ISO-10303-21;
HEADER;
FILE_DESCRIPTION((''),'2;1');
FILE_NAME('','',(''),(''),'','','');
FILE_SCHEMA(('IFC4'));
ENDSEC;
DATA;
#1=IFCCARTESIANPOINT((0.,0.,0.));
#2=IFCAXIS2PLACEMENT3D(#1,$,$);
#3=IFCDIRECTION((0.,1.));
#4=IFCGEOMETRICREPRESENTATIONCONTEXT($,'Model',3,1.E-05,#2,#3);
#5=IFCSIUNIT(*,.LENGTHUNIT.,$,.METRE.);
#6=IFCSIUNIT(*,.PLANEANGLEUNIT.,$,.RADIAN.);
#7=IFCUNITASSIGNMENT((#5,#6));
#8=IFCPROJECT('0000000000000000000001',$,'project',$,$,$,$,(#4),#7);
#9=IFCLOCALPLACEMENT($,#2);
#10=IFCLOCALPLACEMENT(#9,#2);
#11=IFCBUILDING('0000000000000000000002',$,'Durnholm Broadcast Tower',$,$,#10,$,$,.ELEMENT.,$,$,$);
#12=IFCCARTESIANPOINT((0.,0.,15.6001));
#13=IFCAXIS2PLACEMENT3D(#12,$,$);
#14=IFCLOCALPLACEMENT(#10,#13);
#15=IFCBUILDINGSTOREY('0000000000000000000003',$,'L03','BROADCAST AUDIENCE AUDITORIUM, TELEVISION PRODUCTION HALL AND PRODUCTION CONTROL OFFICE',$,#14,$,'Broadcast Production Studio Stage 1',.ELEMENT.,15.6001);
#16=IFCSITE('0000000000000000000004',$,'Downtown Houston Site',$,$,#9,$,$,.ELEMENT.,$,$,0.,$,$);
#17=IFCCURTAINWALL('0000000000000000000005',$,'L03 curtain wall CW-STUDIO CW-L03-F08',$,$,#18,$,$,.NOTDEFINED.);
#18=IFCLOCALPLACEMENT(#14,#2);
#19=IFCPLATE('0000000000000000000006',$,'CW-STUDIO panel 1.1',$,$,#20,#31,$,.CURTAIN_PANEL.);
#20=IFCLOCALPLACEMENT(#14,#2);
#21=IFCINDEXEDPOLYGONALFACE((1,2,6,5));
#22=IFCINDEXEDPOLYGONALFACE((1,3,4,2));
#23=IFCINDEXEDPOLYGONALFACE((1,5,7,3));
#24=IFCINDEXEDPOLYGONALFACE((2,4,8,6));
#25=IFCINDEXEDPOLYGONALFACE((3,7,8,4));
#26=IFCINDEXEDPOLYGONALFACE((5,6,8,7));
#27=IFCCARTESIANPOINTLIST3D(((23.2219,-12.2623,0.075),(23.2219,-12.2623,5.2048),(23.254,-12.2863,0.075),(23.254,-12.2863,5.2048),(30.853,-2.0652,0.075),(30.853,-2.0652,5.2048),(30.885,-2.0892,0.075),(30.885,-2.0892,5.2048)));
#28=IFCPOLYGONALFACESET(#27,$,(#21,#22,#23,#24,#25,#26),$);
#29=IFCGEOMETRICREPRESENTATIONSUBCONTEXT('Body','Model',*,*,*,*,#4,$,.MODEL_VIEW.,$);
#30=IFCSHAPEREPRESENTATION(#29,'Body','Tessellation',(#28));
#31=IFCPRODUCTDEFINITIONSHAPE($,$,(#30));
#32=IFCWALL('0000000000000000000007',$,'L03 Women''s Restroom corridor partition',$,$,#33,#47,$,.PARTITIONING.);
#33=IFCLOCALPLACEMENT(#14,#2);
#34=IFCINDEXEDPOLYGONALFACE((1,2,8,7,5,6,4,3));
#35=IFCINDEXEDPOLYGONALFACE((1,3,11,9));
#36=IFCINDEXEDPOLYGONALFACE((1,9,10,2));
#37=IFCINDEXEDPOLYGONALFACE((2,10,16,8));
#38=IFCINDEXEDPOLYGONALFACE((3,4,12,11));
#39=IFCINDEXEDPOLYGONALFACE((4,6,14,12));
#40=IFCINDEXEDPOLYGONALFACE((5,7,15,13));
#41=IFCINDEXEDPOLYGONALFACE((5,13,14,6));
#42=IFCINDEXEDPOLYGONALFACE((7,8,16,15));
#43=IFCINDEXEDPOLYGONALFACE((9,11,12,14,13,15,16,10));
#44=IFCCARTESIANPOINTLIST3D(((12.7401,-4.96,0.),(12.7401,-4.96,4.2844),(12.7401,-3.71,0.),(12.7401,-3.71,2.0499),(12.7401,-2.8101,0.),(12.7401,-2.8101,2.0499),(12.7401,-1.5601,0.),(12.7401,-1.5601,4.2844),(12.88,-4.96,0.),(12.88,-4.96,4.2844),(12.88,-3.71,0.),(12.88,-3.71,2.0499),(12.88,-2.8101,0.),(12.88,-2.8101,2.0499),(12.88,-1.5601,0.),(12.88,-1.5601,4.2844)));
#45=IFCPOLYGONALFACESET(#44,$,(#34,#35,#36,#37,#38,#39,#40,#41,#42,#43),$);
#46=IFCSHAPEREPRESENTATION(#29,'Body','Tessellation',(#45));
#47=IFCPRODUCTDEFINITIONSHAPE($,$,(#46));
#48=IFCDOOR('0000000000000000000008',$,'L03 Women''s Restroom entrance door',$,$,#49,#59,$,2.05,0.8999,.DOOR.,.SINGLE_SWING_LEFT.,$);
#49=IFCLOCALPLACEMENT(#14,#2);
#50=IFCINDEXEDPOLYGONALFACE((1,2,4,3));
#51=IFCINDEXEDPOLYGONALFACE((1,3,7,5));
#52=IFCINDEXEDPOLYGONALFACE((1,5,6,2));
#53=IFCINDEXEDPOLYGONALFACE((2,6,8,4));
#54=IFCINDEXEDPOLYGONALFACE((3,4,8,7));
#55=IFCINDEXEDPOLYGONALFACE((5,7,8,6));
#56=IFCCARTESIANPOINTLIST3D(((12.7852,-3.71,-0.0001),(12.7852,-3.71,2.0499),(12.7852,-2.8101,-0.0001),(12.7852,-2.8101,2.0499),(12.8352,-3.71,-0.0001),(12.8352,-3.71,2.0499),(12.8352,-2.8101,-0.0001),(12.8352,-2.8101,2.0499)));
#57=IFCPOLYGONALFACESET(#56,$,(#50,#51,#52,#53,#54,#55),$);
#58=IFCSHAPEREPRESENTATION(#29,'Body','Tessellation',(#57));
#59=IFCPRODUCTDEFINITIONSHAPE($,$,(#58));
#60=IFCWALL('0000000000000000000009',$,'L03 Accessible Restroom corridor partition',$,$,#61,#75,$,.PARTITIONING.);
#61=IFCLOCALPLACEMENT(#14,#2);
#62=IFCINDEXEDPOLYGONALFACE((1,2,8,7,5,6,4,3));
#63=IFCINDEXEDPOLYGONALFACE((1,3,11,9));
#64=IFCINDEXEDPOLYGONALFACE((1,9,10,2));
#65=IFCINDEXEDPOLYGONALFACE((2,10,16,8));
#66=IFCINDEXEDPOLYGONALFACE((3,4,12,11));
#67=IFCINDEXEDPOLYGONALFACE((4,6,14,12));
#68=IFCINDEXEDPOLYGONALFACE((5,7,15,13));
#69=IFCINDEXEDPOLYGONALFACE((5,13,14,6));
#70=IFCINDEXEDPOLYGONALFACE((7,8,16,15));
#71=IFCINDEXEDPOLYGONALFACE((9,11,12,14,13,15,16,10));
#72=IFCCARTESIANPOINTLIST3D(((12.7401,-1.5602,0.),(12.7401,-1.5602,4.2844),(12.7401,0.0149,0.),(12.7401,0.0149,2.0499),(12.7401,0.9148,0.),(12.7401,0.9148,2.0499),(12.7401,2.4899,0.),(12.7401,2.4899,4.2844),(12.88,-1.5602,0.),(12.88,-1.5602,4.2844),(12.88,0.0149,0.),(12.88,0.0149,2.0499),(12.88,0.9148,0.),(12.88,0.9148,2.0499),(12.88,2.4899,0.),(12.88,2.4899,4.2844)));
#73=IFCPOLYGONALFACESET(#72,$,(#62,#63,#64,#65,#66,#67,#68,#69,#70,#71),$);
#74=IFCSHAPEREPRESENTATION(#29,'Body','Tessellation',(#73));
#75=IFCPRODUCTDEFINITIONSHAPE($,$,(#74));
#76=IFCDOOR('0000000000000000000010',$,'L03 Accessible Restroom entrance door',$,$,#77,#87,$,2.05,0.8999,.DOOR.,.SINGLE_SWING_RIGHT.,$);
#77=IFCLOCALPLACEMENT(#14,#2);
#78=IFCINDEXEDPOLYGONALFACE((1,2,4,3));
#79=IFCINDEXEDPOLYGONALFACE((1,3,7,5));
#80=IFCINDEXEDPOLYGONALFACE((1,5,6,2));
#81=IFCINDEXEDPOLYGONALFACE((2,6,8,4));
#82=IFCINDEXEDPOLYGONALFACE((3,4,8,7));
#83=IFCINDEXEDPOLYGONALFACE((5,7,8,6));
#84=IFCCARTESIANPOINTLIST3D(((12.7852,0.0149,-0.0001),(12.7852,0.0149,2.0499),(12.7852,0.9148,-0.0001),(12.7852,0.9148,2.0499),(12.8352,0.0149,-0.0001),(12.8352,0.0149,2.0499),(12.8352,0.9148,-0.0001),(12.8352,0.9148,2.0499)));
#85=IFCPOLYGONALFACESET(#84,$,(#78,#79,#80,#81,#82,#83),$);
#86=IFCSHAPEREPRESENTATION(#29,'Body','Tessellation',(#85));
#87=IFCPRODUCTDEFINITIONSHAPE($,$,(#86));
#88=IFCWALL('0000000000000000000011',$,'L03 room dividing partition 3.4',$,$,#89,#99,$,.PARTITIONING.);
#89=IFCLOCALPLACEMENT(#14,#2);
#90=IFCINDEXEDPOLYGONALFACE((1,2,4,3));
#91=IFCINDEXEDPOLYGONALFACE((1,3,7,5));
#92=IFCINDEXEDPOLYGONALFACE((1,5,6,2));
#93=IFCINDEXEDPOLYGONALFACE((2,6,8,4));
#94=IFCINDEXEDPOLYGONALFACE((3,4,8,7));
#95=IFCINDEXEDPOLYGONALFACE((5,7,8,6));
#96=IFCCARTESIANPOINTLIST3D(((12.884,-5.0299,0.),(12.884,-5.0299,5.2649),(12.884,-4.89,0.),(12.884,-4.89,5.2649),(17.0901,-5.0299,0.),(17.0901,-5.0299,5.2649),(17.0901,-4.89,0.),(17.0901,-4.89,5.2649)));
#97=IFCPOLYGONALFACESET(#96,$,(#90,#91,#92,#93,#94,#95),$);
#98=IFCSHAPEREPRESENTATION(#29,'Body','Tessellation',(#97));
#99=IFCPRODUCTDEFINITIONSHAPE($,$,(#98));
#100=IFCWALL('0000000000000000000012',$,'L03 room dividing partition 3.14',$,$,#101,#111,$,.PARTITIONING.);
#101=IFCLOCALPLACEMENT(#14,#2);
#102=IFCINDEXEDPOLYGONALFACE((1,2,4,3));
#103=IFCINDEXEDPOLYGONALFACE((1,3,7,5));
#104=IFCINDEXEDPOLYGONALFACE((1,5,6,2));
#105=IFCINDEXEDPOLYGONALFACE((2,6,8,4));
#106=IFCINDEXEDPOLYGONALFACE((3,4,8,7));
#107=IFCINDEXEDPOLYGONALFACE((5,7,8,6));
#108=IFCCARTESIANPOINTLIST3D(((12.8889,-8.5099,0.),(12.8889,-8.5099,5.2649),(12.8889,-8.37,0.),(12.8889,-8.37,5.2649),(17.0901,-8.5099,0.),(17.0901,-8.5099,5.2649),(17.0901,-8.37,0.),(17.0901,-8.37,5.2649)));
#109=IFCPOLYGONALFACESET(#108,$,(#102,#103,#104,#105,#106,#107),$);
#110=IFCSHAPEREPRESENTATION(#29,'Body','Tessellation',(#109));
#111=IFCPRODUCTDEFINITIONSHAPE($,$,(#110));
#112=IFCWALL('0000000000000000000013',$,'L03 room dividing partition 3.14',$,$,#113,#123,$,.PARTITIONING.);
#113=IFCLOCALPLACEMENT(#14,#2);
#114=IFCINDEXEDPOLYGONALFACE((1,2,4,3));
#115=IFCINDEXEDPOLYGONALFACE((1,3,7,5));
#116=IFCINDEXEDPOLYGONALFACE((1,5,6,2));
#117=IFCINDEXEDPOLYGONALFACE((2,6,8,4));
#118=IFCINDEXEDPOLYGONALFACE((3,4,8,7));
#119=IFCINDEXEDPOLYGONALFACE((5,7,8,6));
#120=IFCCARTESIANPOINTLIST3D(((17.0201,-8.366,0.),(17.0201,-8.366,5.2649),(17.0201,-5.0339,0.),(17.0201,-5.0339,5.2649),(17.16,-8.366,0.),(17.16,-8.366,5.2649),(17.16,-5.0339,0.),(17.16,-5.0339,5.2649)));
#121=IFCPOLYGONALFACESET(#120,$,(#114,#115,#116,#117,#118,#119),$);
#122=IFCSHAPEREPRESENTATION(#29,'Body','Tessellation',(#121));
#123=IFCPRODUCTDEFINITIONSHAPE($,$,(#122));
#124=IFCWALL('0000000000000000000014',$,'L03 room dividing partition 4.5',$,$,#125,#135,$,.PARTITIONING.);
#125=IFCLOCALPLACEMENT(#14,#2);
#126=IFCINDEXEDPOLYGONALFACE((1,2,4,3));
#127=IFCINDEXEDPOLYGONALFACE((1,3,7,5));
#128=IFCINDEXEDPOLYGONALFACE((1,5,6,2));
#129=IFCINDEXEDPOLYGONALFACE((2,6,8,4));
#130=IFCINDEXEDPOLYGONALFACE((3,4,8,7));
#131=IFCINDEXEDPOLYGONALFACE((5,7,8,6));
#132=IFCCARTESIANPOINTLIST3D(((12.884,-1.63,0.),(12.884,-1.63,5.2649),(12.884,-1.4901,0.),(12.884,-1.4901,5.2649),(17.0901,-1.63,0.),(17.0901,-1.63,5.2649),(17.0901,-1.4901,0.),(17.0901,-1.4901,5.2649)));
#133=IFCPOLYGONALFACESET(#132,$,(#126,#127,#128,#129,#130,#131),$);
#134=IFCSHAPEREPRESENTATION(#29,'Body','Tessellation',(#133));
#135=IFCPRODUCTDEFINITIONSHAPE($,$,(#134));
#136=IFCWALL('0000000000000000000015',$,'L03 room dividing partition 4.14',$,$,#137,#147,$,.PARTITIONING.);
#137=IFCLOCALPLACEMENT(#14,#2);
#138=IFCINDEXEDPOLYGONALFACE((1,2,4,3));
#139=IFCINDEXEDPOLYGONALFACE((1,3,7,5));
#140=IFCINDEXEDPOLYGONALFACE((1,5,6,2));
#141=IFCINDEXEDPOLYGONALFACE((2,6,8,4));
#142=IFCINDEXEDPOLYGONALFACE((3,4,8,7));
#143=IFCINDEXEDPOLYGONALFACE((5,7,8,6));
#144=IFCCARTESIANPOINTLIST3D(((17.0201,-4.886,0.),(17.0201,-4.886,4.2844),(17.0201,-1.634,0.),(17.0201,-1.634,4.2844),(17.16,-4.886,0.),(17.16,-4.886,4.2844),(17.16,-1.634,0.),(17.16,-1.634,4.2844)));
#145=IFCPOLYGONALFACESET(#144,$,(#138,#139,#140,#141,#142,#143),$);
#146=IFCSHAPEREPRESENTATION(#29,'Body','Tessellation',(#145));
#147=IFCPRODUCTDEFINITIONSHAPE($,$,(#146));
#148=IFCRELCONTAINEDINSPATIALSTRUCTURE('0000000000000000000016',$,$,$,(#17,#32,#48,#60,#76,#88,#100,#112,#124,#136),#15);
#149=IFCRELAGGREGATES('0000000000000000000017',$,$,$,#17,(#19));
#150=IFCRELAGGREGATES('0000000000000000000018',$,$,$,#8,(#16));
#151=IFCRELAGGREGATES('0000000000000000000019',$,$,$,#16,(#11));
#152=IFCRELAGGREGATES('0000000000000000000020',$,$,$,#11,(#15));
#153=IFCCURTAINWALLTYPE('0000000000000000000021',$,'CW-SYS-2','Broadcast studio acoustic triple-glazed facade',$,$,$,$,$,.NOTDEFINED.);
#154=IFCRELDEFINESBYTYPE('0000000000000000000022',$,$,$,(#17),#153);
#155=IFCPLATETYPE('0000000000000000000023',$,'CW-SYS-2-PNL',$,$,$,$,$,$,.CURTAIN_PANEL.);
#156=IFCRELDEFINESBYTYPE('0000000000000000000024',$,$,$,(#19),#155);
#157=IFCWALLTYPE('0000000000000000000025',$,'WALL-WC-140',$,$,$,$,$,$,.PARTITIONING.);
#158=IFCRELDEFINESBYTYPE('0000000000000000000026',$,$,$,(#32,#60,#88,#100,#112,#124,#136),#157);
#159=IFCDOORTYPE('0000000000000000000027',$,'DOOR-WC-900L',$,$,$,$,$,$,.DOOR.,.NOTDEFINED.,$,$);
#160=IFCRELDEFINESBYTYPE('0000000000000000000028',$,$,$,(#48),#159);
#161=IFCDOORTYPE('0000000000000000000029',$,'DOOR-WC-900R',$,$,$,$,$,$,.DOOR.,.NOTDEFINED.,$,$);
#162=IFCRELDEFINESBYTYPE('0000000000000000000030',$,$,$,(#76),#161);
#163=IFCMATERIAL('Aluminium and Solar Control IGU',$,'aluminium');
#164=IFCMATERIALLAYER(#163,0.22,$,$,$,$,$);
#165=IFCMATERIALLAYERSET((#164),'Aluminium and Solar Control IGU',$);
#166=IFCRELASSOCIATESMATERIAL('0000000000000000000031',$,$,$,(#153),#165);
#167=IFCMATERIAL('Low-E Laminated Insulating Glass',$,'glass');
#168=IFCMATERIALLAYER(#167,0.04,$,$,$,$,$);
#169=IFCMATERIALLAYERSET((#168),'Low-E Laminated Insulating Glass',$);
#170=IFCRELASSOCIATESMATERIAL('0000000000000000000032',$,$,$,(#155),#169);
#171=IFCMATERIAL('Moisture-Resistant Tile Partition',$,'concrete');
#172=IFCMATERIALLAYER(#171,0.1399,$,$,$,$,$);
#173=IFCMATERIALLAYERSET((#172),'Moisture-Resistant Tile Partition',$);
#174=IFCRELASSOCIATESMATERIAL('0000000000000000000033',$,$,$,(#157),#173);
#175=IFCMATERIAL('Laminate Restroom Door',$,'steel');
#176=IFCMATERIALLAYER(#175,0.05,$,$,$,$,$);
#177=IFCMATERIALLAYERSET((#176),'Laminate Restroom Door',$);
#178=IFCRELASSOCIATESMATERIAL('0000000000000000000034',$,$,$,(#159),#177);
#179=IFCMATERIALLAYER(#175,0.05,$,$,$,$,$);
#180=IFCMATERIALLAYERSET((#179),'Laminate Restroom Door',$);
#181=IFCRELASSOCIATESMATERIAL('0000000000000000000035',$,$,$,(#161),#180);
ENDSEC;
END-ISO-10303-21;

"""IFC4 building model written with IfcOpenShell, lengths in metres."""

from ifc_helpers import new_model, si_unit, direction, frame, frame_2d, origin, origin_2d, place, context, subcontext, project, spatial, rectangle, extrude, source, transform, mapped, material, layer, layer_set, type_object, type_shapes, element, fill, aggregate, save


model = new_model("IFC4")

# Units and contexts
model_context = context("Model", 3, precision=1e-05, world=origin(), true_north=direction((0.0, 1.0)))
body_context = subcontext(model_context, "Body", "Model", "MODEL_VIEW")
ifc_project = project(units=[si_unit("LENGTHUNIT", "METRE"), si_unit("PLANEANGLEUNIT", "RADIAN")], contexts=[model_context])

# Site, building, storey
site_placement = place(None, origin())
site = spatial("IfcSite", under=ifc_project, at=site_placement, Name="Downtown Houston Site", CompositionType="ELEMENT", RefElevation=0.0)
building_placement = place(site_placement, origin())
building = spatial("IfcBuilding", under=site, at=building_placement, Name="Durnholm Broadcast Tower", CompositionType="ELEMENT")
storey_placement = place(building_placement, frame((0.0, 0.0, 15.6001)))
storey = spatial("IfcBuildingStorey", under=building, at=storey_placement, Name="L03", Description="BROADCAST AUDIENCE AUDITORIUM, TELEVISION PRODUCTION HALL AND PRODUCTION CONTROL OFFICE", LongName="Broadcast Production Studio Stage 1", CompositionType="ELEMENT", Elevation=15.6001)

# Shared definitions
ifc_material_1 = material(Name="Aluminium and Solar Control IGU", Category="aluminium")

# Curtain wall
ifc_layer_1 = layer(ifc_material_1, 0.22)
ifc_layer_set_1 = layer_set([ifc_layer_1], Name="Aluminium and Solar Control IGU")
curtain_wall_type_1 = type_object("IfcCurtainWallType", Name="CW-SYS-2", Description="Broadcast studio acoustic triple-glazed facade", PredefinedType="NOTDEFINED", material=ifc_layer_set_1)
curtain_wall_1_placement = place(storey_placement, origin())
curtain_wall_1 = element("IfcCurtainWall", 1, at=curtain_wall_1_placement, inside=storey, type_object=curtain_wall_type_1, Name="L03 curtain wall CW-STUDIO CW-L03-F08", PredefinedType="NOTDEFINED")

# Plate
ifc_material_2 = material(Name="Low-E Laminated Insulating Glass", Category="glass")
ifc_layer_2 = layer(ifc_material_2, 0.04)
ifc_layer_set_2 = layer_set([ifc_layer_2], Name="Low-E Laminated Insulating Glass")
plate_type_1 = type_object("IfcPlateType", Name="CW-SYS-2-PNL", PredefinedType="CURTAIN_PANEL", material=ifc_layer_set_2)
shared_shape_1 = source(origin(), body_context, "Body", "SweptSolid", [
    extrude(rectangle(XDim=12.7363, YDim=0.04, at=origin_2d()), origin(), (0.0, 0.0, 1.0), 5.1299),
])
type_shapes(plate_type_1, [shared_shape_1])
plate_1_placement = place(storey_placement, frame((27.0535, -7.1758, 0.075), z_axis=(0.0, 0.0, 1.0), x_axis=(-0.599157, -0.800632, 0.0)))
plate_1 = element("IfcPlate", 2, at=plate_1_placement, type_object=plate_type_1, Name="CW-STUDIO panel 1.1", PredefinedType="CURTAIN_PANEL", context=body_context, shape_type="MappedRepresentation", body=[
    mapped(shared_shape_1, transform((0.0, 0.0, 0.0), x_axis=(1.0, 0.0, 0.0), y_axis=(0.0, 1.0, 0.0), z_axis=(0.0, 0.0, 1.0), scale=1.0)),
])
aggregate(curtain_wall_1, [plate_1])

# Walls, openings, doors
ifc_material_3 = material(Name="Moisture-Resistant Tile Partition", Category="concrete")
ifc_layer_3 = layer(ifc_material_3, 0.1399)
ifc_layer_set_3 = layer_set([ifc_layer_3], Name="Moisture-Resistant Tile Partition")
wall_type = type_object("IfcWallType", Name="WALL-WC-140", PredefinedType="PARTITIONING", material=ifc_layer_set_3)
wall_1_placement = place(storey_placement, frame((12.8101, -4.96, 0.0), z_axis=(0.0, 0.0, 1.0), x_axis=(0.0, 1.0, 0.0)))
wall_1 = element("IfcWall", 3, at=wall_1_placement, inside=storey, type_object=wall_type, Name="L03 Women's Restroom corridor partition", PredefinedType="PARTITIONING", context=body_context, shape_type="SweptSolid", body=[
    extrude(rectangle(XDim=3.3999, YDim=0.1399, at=frame_2d((1.7, 0.0))), origin(), (0.0, 0.0, 1.0), 4.2844),
])
opening_1_placement = place(wall_1_placement, frame((1.25, 0.0, 0.0)))
opening_1 = element("IfcOpeningElement", 4, at=opening_1_placement, cuts=wall_1, PredefinedType="OPENING", context=body_context, shape_type="SweptSolid", body=[
    extrude(rectangle(XDim=0.8999, YDim=2.05, at=frame_2d((0.45, 1.0249))), frame((0.0, 0.0801, 0.0), z_axis=(0.0, -1.0, 0.0), x_axis=(1.0, 0.0, 0.0)), (0.0, 0.0, 1.0), 0.1599),
])
ifc_material_4 = material(Name="Laminate Restroom Door", Category="steel")
ifc_layer_4 = layer(ifc_material_4, 0.05)
ifc_layer_set_4 = layer_set([ifc_layer_4], Name="Laminate Restroom Door")
door_type_1 = type_object("IfcDoorType", Name="DOOR-WC-900L", OperationType="NOTDEFINED", PredefinedType="DOOR", material=ifc_layer_set_4)
shared_shape_2 = source(origin(), body_context, "Body", "SweptSolid", [
    extrude(rectangle(XDim=0.8999, YDim=2.05, at=frame_2d((0.45, 1.0249))), frame((0.0, 0.0249, 0.0), z_axis=(0.0, -1.0, 0.0), x_axis=(1.0, 0.0, 0.0)), (0.0, 0.0, 1.0), 0.05),
])
type_shapes(door_type_1, [shared_shape_2])
door_1_placement = place(opening_1_placement, origin())
door_1 = element("IfcDoor", 5, at=door_1_placement, inside=storey, type_object=door_type_1, Name="L03 Women's Restroom entrance door", OperationType="SINGLE_SWING_LEFT", OverallHeight=2.05, OverallWidth=0.8999, PredefinedType="DOOR", context=body_context, shape_type="MappedRepresentation", body=[
    mapped(shared_shape_2, transform((0.0, 0.0, 0.0), x_axis=(1.0, 0.0, 0.0), y_axis=(0.0, 1.0, 0.0), z_axis=(0.0, 0.0, 1.0), scale=1.0)),
])
fill(opening_1, door_1)
wall_2_placement = place(storey_placement, frame((12.8101, -1.5601, 0.0), z_axis=(0.0, 0.0, 1.0), x_axis=(0.0, 1.0, 0.0)))
wall_2 = element("IfcWall", 6, at=wall_2_placement, inside=storey, type_object=wall_type, Name="L03 Accessible Restroom corridor partition", PredefinedType="PARTITIONING", context=body_context, shape_type="SweptSolid", body=[
    extrude(rectangle(XDim=4.05, YDim=0.1399, at=frame_2d((2.0249, 0.0))), origin(), (0.0, 0.0, 1.0), 4.2844),
])
opening_2_placement = place(wall_2_placement, frame((1.575, 0.0, 0.0)))
opening_2 = element("IfcOpeningElement", 7, at=opening_2_placement, cuts=wall_2, PredefinedType="OPENING", context=body_context, shape_type="SweptSolid", body=[
    extrude(rectangle(XDim=0.8999, YDim=2.05, at=frame_2d((0.45, 1.0249))), frame((0.0, 0.0801, 0.0), z_axis=(0.0, -1.0, 0.0), x_axis=(1.0, 0.0, 0.0)), (0.0, 0.0, 1.0), 0.1599),
])
ifc_layer_5 = layer(ifc_material_4, 0.05)
ifc_layer_set_5 = layer_set([ifc_layer_5], Name="Laminate Restroom Door")
door_type_2 = type_object("IfcDoorType", Name="DOOR-WC-900R", OperationType="NOTDEFINED", PredefinedType="DOOR", material=ifc_layer_set_5)
shared_shape_3 = source(origin(), body_context, "Body", "SweptSolid", [
    extrude(rectangle(XDim=0.8999, YDim=2.05, at=frame_2d((0.45, 1.0249))), frame((0.0, 0.0249, 0.0), z_axis=(0.0, -1.0, 0.0), x_axis=(1.0, 0.0, 0.0)), (0.0, 0.0, 1.0), 0.05),
])
type_shapes(door_type_2, [shared_shape_3])
door_2_placement = place(opening_2_placement, origin())
door_2 = element("IfcDoor", 8, at=door_2_placement, inside=storey, type_object=door_type_2, Name="L03 Accessible Restroom entrance door", OperationType="SINGLE_SWING_RIGHT", OverallHeight=2.05, OverallWidth=0.8999, PredefinedType="DOOR", context=body_context, shape_type="MappedRepresentation", body=[
    mapped(shared_shape_3, transform((0.0, 0.0, 0.0), x_axis=(1.0, 0.0, 0.0), y_axis=(0.0, 1.0, 0.0), z_axis=(0.0, 0.0, 1.0), scale=1.0)),
])
fill(opening_2, door_2)

# Walls
wall_3_placement = place(storey_placement, frame((12.884, -4.96, 0.0), z_axis=(0.0, 0.0, 1.0), x_axis=(1.0, 0.0, 0.0)))
element("IfcWall", 9, at=wall_3_placement, inside=storey, type_object=wall_type, Name="L03 room dividing partition 3.4", PredefinedType="PARTITIONING", context=body_context, shape_type="SweptSolid", body=[
    extrude(rectangle(XDim=4.2061, YDim=0.1399, at=frame_2d((2.103, 0.0))), origin(), (0.0, 0.0, 1.0), 5.2649),
])
wall_4_placement = place(storey_placement, frame((17.0901, -8.4399, 0.0), z_axis=(0.0, 0.0, 1.0), x_axis=(-1.0, 0.0, 0.0)))
element("IfcWall", 10, at=wall_4_placement, inside=storey, type_object=wall_type, Name="L03 room dividing partition 3.14", PredefinedType="PARTITIONING", context=body_context, shape_type="SweptSolid", body=[
    extrude(rectangle(XDim=4.2012, YDim=0.1399, at=frame_2d((2.1006, 0.0))), origin(), (0.0, 0.0, 1.0), 5.2649),
])
wall_5_placement = place(storey_placement, frame((17.0901, -5.0339, 0.0), z_axis=(0.0, 0.0, 1.0), x_axis=(0.0, -1.0, 0.0)))
element("IfcWall", 11, at=wall_5_placement, inside=storey, type_object=wall_type, Name="L03 room dividing partition 3.14", PredefinedType="PARTITIONING", context=body_context, shape_type="SweptSolid", body=[
    extrude(rectangle(XDim=3.332, YDim=0.1399, at=frame_2d((1.666, 0.0))), origin(), (0.0, 0.0, 1.0), 5.2649),
])
wall_6_placement = place(storey_placement, frame((12.884, -1.5601, 0.0), z_axis=(0.0, 0.0, 1.0), x_axis=(1.0, 0.0, 0.0)))
element("IfcWall", 12, at=wall_6_placement, inside=storey, type_object=wall_type, Name="L03 room dividing partition 4.5", PredefinedType="PARTITIONING", context=body_context, shape_type="SweptSolid", body=[
    extrude(rectangle(XDim=4.2061, YDim=0.1399, at=frame_2d((2.103, 0.0))), origin(), (0.0, 0.0, 1.0), 5.2649),
])
wall_7_placement = place(storey_placement, frame((17.0901, -1.634, 0.0), z_axis=(0.0, 0.0, 1.0), x_axis=(0.0, -1.0, 0.0)))
element("IfcWall", 13, at=wall_7_placement, inside=storey, type_object=wall_type, Name="L03 room dividing partition 4.14", PredefinedType="PARTITIONING", context=body_context, shape_type="SweptSolid", body=[
    extrude(rectangle(XDim=3.252, YDim=0.1399, at=frame_2d((1.626, 0.0))), origin(), (0.0, 0.0, 1.0), 4.2844),
])

save(model, "model.ifc")
